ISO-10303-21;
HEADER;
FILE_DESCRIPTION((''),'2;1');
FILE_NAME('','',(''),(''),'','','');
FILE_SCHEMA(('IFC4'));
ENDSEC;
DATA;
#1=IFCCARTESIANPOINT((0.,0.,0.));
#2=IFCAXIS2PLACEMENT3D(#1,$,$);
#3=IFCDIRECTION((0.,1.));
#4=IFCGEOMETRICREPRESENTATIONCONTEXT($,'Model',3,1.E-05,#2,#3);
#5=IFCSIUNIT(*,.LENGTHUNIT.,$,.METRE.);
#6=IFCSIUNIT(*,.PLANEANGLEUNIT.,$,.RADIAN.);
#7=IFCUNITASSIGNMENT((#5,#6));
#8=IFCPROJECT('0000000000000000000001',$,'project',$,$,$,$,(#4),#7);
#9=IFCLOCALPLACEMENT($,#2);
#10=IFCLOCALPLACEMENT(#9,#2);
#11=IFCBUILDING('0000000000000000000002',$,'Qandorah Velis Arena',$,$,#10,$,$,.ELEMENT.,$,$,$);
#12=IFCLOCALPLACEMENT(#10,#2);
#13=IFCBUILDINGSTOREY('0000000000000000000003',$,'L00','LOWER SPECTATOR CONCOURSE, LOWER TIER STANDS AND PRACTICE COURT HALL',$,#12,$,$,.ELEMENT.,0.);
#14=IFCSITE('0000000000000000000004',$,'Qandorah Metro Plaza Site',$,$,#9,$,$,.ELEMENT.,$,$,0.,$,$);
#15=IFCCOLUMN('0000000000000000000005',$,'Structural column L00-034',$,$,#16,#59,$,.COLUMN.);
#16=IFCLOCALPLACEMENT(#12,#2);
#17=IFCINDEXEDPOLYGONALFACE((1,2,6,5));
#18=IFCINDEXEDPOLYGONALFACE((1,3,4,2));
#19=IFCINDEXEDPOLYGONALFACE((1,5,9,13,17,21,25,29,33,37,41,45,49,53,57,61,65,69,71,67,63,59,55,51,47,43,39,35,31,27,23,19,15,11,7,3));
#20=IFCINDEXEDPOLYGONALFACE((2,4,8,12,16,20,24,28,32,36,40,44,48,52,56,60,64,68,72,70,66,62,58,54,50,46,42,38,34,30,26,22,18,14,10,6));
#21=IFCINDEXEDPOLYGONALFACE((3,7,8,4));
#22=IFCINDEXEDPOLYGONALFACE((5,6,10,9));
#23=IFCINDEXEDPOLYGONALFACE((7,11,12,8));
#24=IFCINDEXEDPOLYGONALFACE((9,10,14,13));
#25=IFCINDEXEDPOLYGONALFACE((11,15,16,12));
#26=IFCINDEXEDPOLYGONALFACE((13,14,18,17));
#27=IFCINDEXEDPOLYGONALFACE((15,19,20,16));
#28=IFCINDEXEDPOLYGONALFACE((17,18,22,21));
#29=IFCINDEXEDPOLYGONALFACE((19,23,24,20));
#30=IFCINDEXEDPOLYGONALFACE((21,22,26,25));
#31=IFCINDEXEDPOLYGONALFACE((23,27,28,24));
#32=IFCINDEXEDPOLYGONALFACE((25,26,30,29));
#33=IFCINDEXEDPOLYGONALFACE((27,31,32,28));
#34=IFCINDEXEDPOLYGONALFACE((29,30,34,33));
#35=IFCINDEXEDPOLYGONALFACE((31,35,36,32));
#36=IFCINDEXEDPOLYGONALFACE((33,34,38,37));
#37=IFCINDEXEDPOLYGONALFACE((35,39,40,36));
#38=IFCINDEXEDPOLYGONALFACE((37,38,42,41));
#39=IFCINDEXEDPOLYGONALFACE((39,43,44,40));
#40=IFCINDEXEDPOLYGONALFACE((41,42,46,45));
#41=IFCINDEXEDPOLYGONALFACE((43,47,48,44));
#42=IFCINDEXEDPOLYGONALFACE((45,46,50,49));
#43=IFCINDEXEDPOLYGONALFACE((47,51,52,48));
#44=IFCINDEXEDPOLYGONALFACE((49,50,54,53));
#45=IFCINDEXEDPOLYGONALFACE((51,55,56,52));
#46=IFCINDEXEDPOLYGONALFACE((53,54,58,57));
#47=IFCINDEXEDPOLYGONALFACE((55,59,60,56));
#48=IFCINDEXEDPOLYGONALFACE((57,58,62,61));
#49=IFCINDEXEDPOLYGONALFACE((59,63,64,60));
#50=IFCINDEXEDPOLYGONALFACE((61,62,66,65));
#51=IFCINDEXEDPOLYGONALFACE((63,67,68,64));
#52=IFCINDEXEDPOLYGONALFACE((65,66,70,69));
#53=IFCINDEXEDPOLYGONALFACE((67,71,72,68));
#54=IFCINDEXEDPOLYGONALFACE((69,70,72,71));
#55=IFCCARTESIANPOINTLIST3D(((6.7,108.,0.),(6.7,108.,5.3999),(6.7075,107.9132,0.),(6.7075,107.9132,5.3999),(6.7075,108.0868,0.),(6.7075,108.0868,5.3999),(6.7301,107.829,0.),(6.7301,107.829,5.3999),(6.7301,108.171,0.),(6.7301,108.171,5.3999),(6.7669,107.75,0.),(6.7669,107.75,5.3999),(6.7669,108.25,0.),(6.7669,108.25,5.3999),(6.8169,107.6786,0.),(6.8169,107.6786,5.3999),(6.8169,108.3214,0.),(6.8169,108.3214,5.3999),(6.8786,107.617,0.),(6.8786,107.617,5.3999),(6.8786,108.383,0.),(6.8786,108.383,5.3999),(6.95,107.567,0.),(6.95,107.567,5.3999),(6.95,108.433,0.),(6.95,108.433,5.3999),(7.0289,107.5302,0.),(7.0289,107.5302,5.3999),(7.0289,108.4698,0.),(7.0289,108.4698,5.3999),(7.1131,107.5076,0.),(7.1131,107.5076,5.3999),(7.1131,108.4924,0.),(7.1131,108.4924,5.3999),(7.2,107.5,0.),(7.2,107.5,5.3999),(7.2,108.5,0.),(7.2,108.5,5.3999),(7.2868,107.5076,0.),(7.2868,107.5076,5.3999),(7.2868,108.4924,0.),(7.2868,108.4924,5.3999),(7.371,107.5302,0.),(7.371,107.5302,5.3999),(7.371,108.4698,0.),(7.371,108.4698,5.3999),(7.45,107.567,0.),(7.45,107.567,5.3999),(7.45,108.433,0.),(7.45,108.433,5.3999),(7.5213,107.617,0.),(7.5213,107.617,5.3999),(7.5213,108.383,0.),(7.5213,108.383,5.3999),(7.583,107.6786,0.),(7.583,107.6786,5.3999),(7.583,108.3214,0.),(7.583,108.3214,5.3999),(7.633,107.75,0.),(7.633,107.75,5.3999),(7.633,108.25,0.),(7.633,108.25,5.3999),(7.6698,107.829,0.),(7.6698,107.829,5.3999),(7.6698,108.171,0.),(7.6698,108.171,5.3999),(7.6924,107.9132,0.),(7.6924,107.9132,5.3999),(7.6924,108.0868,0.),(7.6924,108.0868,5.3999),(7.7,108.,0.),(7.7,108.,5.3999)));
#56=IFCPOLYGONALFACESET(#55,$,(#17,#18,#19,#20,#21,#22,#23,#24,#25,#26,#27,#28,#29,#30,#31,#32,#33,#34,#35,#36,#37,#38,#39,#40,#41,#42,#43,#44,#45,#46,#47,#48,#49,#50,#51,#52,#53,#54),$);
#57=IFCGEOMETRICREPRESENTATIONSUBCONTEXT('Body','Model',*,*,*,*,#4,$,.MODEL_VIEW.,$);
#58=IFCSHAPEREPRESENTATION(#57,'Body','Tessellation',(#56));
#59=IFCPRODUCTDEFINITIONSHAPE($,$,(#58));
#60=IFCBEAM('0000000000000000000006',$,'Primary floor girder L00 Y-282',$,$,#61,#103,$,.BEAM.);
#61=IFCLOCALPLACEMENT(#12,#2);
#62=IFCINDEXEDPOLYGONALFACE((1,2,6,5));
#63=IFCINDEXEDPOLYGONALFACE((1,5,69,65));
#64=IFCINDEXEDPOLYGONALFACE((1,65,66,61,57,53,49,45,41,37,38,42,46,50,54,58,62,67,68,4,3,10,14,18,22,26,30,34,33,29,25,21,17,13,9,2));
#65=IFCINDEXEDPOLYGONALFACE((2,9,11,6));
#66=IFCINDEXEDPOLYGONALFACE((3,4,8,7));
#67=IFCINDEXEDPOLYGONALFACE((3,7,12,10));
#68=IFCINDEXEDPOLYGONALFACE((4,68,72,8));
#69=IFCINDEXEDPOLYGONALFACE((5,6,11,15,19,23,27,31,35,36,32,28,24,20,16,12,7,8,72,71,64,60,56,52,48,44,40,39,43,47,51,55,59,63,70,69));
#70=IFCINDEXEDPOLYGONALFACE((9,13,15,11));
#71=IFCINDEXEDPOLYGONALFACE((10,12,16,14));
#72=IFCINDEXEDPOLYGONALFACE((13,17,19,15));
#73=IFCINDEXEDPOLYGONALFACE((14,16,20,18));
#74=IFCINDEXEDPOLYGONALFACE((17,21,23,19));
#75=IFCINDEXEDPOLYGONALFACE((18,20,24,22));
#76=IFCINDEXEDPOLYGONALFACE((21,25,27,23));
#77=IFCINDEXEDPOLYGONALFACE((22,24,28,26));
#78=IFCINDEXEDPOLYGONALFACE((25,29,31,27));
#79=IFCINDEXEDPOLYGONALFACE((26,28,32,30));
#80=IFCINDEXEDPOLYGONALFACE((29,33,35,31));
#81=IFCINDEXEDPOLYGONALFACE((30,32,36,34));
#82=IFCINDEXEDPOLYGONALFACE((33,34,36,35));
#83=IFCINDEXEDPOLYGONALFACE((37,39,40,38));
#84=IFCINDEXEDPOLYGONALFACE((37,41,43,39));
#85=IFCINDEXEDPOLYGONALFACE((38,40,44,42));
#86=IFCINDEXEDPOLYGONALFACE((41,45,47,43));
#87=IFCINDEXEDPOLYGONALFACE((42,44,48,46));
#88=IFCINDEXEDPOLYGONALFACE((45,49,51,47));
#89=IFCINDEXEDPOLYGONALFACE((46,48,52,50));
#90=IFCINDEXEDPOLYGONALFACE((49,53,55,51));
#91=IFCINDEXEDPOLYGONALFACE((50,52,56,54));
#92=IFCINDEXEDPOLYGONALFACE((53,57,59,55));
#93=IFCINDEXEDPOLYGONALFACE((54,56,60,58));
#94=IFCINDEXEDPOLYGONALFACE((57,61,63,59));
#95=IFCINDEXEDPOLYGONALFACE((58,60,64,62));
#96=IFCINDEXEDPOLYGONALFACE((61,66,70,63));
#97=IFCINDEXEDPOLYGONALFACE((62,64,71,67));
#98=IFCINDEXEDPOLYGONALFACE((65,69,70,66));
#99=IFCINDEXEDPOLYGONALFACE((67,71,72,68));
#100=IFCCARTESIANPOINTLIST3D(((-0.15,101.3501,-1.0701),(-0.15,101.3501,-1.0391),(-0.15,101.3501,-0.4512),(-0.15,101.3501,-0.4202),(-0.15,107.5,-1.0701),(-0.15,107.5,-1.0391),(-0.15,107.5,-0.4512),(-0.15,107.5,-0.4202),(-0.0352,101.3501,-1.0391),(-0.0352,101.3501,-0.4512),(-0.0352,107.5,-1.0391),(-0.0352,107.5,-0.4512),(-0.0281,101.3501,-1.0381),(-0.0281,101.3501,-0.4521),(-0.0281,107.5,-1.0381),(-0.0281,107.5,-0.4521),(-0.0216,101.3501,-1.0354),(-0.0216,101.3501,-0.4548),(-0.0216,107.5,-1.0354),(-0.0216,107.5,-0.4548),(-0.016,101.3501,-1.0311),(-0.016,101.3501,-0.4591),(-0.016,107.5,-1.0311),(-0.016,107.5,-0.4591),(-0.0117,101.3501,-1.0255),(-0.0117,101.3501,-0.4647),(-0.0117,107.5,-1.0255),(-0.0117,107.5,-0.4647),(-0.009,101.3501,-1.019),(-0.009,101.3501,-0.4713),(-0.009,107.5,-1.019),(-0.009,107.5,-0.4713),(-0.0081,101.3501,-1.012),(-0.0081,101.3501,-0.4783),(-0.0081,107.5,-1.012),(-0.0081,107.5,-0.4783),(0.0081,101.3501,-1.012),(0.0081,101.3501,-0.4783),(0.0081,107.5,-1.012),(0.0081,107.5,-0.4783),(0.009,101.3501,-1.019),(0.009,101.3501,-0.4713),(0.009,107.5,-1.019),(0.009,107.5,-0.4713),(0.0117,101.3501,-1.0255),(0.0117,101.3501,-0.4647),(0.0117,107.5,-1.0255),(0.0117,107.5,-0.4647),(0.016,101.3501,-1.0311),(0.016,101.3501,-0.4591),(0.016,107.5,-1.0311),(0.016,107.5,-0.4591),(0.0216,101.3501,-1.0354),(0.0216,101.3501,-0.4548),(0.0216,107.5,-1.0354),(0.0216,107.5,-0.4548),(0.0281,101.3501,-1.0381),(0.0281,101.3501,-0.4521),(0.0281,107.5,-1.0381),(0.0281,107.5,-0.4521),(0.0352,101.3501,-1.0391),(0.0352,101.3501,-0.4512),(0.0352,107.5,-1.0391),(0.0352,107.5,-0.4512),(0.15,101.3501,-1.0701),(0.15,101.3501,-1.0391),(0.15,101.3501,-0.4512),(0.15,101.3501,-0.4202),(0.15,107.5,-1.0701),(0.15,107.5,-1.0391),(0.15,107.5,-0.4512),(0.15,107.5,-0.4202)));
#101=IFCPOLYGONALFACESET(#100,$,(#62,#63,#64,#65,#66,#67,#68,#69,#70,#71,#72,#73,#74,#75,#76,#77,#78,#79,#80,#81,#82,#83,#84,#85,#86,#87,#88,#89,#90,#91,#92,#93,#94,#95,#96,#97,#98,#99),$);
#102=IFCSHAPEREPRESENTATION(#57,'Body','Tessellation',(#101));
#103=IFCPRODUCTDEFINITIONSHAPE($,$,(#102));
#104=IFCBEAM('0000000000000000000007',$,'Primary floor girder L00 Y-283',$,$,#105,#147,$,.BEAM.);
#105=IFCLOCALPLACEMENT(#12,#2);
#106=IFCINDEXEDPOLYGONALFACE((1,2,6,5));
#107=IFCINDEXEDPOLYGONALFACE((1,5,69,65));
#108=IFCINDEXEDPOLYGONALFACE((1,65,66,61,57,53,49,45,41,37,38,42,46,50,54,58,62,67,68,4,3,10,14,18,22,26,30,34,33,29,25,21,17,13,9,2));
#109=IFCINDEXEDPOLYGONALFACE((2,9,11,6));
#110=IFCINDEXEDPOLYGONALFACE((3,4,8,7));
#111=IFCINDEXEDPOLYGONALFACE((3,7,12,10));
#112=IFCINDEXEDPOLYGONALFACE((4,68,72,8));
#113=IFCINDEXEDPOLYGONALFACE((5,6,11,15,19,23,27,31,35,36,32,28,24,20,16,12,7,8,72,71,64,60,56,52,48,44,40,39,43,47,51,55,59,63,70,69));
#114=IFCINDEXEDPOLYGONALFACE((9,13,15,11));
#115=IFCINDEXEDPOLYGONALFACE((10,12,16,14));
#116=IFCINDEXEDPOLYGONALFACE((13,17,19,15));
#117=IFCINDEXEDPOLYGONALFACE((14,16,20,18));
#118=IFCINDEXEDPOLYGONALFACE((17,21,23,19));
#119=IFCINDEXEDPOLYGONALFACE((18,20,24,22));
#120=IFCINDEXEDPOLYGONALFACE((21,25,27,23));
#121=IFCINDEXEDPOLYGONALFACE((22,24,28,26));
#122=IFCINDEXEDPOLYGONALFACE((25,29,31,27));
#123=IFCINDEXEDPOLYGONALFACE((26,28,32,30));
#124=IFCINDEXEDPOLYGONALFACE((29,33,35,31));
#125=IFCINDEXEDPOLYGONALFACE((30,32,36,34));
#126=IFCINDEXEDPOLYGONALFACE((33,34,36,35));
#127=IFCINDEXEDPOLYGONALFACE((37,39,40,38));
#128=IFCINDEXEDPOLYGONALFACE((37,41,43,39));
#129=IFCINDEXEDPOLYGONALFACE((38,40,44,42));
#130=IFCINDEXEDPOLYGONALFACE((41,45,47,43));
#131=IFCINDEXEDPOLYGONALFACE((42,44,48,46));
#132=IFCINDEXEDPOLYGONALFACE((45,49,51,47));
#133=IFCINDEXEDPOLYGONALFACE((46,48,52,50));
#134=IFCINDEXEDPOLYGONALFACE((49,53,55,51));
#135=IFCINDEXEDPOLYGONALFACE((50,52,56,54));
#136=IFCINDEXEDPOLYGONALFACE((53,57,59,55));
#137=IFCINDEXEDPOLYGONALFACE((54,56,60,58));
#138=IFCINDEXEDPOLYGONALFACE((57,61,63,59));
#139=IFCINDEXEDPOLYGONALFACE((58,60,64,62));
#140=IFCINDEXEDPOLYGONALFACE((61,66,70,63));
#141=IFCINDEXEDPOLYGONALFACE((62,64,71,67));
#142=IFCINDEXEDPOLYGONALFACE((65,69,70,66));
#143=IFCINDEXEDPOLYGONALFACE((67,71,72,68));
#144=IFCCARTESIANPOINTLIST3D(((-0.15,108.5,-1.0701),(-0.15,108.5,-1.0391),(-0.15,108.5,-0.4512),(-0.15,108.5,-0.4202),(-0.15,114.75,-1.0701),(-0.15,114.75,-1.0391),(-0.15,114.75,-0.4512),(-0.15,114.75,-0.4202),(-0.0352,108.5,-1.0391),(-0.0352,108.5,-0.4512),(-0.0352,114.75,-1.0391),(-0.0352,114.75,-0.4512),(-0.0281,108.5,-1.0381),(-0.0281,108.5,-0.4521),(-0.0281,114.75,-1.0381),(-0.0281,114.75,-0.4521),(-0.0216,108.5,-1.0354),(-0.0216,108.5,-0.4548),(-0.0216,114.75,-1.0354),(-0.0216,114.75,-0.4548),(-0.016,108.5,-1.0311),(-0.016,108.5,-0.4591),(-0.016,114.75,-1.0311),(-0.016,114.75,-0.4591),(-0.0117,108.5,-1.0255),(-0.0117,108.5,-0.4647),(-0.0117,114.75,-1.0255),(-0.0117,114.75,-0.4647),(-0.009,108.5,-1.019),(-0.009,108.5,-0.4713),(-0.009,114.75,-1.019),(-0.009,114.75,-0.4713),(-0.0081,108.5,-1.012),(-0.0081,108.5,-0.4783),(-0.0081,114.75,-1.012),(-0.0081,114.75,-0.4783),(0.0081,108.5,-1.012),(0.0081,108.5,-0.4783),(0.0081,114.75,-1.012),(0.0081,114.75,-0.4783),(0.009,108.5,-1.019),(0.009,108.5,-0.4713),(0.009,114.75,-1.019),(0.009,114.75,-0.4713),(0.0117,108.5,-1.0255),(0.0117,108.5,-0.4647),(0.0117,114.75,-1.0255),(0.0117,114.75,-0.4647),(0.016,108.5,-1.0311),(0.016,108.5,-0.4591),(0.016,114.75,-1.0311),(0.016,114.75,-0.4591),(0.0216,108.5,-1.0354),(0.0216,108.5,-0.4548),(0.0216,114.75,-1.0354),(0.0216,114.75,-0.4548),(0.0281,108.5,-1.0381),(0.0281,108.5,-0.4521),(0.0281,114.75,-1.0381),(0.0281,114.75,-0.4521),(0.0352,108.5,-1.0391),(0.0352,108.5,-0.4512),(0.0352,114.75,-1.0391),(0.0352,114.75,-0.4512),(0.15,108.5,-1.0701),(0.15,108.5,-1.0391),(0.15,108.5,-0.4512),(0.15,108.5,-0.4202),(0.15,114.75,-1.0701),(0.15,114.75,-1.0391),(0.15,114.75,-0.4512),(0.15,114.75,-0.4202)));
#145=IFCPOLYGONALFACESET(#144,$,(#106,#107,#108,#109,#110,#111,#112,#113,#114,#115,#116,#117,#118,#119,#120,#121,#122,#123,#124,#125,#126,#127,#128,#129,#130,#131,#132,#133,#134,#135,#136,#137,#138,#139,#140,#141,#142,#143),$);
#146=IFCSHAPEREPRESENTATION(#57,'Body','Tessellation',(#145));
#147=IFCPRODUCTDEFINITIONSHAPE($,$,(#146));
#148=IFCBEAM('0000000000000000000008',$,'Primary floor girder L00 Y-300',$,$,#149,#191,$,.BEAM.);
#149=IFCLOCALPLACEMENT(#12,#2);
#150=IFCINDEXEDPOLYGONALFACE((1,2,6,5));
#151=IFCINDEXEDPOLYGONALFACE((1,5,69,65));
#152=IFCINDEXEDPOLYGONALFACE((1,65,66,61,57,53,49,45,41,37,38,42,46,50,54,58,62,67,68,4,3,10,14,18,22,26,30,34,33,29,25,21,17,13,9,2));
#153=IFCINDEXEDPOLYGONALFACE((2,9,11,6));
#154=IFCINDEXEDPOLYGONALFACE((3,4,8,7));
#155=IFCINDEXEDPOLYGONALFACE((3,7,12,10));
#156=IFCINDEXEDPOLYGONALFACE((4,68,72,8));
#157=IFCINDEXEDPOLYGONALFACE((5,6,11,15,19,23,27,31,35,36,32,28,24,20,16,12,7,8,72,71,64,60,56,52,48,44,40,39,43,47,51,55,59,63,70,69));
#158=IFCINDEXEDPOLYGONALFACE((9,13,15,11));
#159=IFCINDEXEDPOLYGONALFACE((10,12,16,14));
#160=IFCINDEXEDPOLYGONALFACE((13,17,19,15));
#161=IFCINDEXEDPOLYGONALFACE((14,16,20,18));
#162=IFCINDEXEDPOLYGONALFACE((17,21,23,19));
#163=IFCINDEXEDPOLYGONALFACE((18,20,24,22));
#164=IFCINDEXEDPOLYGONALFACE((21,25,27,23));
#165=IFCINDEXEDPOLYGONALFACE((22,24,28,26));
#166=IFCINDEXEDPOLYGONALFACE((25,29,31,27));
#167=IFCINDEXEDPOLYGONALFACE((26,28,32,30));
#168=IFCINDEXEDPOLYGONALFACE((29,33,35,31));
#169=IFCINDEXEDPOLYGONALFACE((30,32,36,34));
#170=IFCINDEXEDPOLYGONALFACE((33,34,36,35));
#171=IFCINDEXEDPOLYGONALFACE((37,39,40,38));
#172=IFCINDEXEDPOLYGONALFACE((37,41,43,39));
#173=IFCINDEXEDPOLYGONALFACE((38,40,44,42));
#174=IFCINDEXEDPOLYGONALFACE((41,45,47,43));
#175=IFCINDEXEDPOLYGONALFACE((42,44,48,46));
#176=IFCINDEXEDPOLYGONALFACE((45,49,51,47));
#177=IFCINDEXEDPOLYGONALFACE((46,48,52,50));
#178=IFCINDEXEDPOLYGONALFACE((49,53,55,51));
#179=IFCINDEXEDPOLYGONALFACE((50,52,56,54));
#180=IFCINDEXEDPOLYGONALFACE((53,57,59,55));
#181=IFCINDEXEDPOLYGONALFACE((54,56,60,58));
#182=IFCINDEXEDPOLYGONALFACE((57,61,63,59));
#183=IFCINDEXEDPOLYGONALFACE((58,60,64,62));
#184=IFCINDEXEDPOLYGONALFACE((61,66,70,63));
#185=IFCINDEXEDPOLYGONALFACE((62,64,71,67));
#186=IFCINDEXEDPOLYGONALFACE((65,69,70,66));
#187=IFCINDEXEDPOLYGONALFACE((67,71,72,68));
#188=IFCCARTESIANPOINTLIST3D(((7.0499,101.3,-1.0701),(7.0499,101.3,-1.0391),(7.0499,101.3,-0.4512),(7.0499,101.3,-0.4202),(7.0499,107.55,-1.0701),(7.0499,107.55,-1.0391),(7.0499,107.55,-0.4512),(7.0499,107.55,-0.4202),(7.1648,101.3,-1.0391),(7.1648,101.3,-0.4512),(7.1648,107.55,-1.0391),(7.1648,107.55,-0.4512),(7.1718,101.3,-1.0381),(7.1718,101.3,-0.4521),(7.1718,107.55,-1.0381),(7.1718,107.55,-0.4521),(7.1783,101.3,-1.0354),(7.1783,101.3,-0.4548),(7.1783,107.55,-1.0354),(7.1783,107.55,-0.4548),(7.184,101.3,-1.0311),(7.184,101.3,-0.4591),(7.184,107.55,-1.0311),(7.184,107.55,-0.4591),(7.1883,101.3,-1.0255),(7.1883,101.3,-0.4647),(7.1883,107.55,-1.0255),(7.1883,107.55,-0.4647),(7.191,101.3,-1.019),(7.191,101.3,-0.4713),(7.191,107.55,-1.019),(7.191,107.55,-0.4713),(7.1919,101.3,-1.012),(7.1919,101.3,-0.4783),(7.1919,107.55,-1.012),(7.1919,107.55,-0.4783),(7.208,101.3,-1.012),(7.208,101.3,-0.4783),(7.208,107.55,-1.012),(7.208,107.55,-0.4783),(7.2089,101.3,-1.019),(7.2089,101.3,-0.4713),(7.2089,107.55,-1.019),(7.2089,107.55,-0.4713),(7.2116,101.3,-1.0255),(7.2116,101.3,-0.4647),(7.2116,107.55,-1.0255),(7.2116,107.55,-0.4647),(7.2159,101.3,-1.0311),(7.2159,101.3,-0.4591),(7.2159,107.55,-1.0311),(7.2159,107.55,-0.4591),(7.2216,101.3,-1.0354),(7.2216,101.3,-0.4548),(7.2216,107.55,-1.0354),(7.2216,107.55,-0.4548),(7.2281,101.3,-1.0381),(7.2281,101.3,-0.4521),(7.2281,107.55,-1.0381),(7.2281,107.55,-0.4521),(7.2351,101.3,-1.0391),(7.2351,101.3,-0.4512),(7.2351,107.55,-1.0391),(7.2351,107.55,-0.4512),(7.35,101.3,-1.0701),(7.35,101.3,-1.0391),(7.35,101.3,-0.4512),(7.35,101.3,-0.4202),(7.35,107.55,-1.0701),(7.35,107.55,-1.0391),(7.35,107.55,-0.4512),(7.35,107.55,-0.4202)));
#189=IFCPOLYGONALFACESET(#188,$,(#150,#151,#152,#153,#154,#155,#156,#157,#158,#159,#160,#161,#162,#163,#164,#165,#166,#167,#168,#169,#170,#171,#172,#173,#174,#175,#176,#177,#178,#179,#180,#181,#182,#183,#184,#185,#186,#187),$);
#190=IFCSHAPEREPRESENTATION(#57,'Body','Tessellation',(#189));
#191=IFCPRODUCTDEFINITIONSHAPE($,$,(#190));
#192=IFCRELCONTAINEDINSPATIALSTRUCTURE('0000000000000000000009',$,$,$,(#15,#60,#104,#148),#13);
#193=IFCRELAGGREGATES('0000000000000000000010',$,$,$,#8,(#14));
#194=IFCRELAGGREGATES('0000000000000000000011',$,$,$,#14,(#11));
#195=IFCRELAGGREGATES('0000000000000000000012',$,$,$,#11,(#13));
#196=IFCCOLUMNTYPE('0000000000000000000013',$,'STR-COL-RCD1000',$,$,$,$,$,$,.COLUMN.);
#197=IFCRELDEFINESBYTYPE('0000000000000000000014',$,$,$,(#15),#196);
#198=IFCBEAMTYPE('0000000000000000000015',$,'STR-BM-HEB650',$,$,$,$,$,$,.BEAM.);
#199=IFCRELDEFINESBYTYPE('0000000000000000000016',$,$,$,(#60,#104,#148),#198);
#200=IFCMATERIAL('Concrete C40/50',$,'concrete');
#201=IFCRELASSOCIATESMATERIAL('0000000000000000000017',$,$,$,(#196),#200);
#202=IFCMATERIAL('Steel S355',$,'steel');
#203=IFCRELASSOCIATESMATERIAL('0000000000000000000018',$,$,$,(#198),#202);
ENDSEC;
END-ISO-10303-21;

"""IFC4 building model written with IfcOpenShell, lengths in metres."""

from ifc_helpers import new_model, si_unit, direction, frame, origin, origin_2d, place, context, subcontext, project, spatial, circle, i_section, extrude, material, material_profile, profile_set, type_object, element, save


model = new_model("IFC4")

# Units and contexts
model_context = context("Model", 3, precision=1e-05, world=origin(), true_north=direction((0.0, 1.0)))
body_context = subcontext(model_context, "Body", "Model", "MODEL_VIEW")
ifc_project = project(units=[si_unit("LENGTHUNIT", "METRE"), si_unit("PLANEANGLEUNIT", "RADIAN")], contexts=[model_context])

# Site, building, storey
site_placement = place(None, origin())
site = spatial("IfcSite", under=ifc_project, at=site_placement, Name="Qandorah Metro Plaza Site", CompositionType="ELEMENT", RefElevation=0.0)
building_placement = place(site_placement, origin())
building = spatial("IfcBuilding", under=site, at=building_placement, Name="Qandorah Velis Arena", CompositionType="ELEMENT")
storey_placement = place(building_placement, origin())
storey = spatial("IfcBuildingStorey", under=building, at=storey_placement, Name="L00", Description="LOWER SPECTATOR CONCOURSE, LOWER TIER STANDS AND PRACTICE COURT HALL", CompositionType="ELEMENT", Elevation=0.0)

# Column
ifc_material_1 = material(Name="Concrete C40/50", Category="concrete")
ifc_material_profile_1 = material_profile(ifc_material_1, circle(Radius=0.5, at=origin_2d()), Name="RC D1000")
ifc_profile_set_1 = profile_set([ifc_material_profile_1], Name="Concrete C40/50")
column_type_1 = type_object("IfcColumnType", Name="STR-COL-RCD1000", PredefinedType="COLUMN", material=ifc_profile_set_1)
for number, where, z_axis, x_axis, name in (
    (1, (7.2, 108.0, 0.0), (0.0, 0.0, 1.0), (1.0, 0.0, 0.0), "Structural column L00-034"),
):
    element("IfcColumn", number, at=place(storey_placement, frame(where, z_axis=z_axis, x_axis=x_axis)), inside=storey, type_object=column_type_1, Name=name, PredefinedType="COLUMN", context=body_context, shape_type="SweptSolid", body=[
        extrude(circle(Radius=0.5, at=origin_2d()), origin(), (0.0, 0.0, 1.0), 5.3999),
    ])

# Beams
ifc_material_2 = material(Name="Steel S355", Category="steel")
ifc_material_profile_2 = material_profile(ifc_material_2, i_section(OverallWidth=0.3, OverallDepth=0.6499, WebThickness=0.0161, FlangeThickness=0.031, FilletRadius=0.0271, at=origin_2d()), Name="HEB 650")
ifc_profile_set_2 = profile_set([ifc_material_profile_2], Name="Steel S355")
beam_type_1 = type_object("IfcBeamType", Name="STR-BM-HEB650", PredefinedType="BEAM", material=ifc_profile_set_2)
beam_1_placement = place(storey_placement, frame((0.0, 101.3501, -0.7451), z_axis=(0.0, 1.0, 0.0), x_axis=(-1.0, 0.0, 0.0)))
element("IfcBeam", 2, at=beam_1_placement, inside=storey, type_object=beam_type_1, Name="Primary floor girder L00 Y-282", PredefinedType="BEAM", context=body_context, shape_type="SweptSolid", body=[
    extrude(i_section(OverallWidth=0.3, OverallDepth=0.6499, WebThickness=0.0161, FlangeThickness=0.031, FilletRadius=0.0271, at=origin_2d()), origin(), (0.0, 0.0, 1.0), 6.1499),
])
for number, where, z_axis, x_axis, name in (
    (3, (0.0, 108.5, -0.7451), (0.0, 1.0, 0.0), (-1.0, 0.0, 0.0), "Primary floor girder L00 Y-283"),
    (4, (7.2, 101.3, -0.7451), (0.0, 1.0, 0.0), (-1.0, 0.0, 0.0), "Primary floor girder L00 Y-300"),
):
    element("IfcBeam", number, at=place(storey_placement, frame(where, z_axis=z_axis, x_axis=x_axis)), inside=storey, type_object=beam_type_1, Name=name, PredefinedType="BEAM", context=body_context, shape_type="SweptSolid", body=[
        extrude(i_section(OverallWidth=0.3, OverallDepth=0.6499, WebThickness=0.0161, FlangeThickness=0.031, FilletRadius=0.0271, at=origin_2d()), origin(), (0.0, 0.0, 1.0), 6.25),
    ])

save(model, "model.ifc")
